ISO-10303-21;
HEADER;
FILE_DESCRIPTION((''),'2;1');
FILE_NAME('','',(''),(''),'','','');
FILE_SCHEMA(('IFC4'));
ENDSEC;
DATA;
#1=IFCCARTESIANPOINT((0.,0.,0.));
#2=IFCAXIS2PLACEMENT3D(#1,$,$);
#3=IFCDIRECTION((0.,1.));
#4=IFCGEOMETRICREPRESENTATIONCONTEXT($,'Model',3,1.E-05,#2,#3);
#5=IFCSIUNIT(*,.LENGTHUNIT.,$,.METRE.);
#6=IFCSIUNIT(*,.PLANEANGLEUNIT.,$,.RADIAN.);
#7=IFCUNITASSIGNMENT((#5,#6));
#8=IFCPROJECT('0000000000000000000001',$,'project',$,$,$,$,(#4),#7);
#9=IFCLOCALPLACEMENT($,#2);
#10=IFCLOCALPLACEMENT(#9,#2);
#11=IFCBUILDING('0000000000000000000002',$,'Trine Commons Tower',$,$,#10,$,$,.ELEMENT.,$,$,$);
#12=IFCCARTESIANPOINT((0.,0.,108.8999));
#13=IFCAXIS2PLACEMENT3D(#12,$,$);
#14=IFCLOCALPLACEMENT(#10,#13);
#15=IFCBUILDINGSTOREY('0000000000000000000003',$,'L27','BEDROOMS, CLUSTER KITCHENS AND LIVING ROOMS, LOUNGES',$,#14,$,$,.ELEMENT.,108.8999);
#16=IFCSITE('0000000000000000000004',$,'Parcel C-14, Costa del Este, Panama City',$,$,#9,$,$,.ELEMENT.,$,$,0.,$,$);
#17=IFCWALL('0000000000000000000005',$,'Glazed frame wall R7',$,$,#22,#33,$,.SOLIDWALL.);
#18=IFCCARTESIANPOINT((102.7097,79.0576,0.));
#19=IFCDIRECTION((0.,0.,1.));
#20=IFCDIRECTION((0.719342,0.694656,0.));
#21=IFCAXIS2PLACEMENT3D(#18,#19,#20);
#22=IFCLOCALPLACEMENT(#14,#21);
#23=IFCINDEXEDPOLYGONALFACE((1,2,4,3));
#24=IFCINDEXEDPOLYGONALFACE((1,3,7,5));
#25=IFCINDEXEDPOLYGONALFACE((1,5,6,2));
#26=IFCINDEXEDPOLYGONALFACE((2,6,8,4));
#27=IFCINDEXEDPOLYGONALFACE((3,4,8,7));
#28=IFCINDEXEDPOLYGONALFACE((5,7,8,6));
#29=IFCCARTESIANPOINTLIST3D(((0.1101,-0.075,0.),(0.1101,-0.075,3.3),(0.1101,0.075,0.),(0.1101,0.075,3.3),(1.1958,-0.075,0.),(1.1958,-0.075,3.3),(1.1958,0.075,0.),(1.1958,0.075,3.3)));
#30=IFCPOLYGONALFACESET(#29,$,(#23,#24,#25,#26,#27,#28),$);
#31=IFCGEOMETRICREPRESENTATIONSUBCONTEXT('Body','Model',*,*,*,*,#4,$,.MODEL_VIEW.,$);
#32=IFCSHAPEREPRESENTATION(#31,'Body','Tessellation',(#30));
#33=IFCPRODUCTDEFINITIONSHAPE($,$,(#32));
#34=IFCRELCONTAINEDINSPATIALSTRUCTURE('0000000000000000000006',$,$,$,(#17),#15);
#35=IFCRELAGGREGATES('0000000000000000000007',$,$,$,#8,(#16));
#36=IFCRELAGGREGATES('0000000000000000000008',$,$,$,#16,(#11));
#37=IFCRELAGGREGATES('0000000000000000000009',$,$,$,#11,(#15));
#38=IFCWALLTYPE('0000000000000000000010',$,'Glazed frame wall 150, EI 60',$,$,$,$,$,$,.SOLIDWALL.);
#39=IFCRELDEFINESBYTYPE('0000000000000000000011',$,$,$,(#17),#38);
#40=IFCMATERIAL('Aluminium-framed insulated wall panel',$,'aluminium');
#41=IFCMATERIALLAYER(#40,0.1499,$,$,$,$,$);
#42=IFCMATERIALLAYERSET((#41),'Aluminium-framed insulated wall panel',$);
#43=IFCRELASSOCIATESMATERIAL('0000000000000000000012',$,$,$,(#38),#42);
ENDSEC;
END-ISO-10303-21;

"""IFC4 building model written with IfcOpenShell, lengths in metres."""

from ifc_helpers import new_model, si_unit, direction, frame, origin, place, context, subcontext, project, spatial, polyline, outline, extrude, material, layer, layer_set, type_object, element, save


model = new_model("IFC4")

# Units and contexts
model_context = context("Model", 3, precision=1e-05, world=origin(), true_north=direction((0.0, 1.0)))
body_context = subcontext(model_context, "Body", "Model", "MODEL_VIEW")
ifc_project = project(units=[si_unit("LENGTHUNIT", "METRE"), si_unit("PLANEANGLEUNIT", "RADIAN")], contexts=[model_context])

# Site, building, storey
site_placement = place(None, origin())
site = spatial("IfcSite", under=ifc_project, at=site_placement, Name="Parcel C-14, Costa del Este, Panama City", CompositionType="ELEMENT", RefElevation=0.0)
building_placement = place(site_placement, origin())
building = spatial("IfcBuilding", under=site, at=building_placement, Name="Trine Commons Tower", CompositionType="ELEMENT")
storey_placement = place(building_placement, frame((0.0, 0.0, 108.8999)))
storey = spatial("IfcBuildingStorey", under=building, at=storey_placement, Name="L27", Description="BEDROOMS, CLUSTER KITCHENS AND LIVING ROOMS, LOUNGES", CompositionType="ELEMENT", Elevation=108.8999)

# Wall
ifc_material_1 = material(Name="Aluminium-framed insulated wall panel", Category="aluminium")
ifc_layer_1 = layer(ifc_material_1, 0.1499)
ifc_layer_set_1 = layer_set([ifc_layer_1], Name="Aluminium-framed insulated wall panel")
wall_type_1 = type_object("IfcWallType", Name="Glazed frame wall 150, EI 60", PredefinedType="SOLIDWALL", material=ifc_layer_set_1)
wall_1_placement = place(storey_placement, frame((102.7097, 79.0576, 0.0), z_axis=(0.0, 0.0, 1.0), x_axis=(0.719342, 0.694656, 0.0)))
element("IfcWall", 1, at=wall_1_placement, inside=storey, type_object=wall_type_1, Name="Glazed frame wall R7", PredefinedType="SOLIDWALL", context=body_context, shape_type="SweptSolid", body=[
    extrude(outline(polyline([(0.1101, 0.075), (0.1101, -0.075), (1.1958, -0.075), (1.1958, 0.075), (0.1101, 0.075)])), origin(), (0.0, 0.0, 1.0), 3.3),
])

save(model, "model.ifc")
